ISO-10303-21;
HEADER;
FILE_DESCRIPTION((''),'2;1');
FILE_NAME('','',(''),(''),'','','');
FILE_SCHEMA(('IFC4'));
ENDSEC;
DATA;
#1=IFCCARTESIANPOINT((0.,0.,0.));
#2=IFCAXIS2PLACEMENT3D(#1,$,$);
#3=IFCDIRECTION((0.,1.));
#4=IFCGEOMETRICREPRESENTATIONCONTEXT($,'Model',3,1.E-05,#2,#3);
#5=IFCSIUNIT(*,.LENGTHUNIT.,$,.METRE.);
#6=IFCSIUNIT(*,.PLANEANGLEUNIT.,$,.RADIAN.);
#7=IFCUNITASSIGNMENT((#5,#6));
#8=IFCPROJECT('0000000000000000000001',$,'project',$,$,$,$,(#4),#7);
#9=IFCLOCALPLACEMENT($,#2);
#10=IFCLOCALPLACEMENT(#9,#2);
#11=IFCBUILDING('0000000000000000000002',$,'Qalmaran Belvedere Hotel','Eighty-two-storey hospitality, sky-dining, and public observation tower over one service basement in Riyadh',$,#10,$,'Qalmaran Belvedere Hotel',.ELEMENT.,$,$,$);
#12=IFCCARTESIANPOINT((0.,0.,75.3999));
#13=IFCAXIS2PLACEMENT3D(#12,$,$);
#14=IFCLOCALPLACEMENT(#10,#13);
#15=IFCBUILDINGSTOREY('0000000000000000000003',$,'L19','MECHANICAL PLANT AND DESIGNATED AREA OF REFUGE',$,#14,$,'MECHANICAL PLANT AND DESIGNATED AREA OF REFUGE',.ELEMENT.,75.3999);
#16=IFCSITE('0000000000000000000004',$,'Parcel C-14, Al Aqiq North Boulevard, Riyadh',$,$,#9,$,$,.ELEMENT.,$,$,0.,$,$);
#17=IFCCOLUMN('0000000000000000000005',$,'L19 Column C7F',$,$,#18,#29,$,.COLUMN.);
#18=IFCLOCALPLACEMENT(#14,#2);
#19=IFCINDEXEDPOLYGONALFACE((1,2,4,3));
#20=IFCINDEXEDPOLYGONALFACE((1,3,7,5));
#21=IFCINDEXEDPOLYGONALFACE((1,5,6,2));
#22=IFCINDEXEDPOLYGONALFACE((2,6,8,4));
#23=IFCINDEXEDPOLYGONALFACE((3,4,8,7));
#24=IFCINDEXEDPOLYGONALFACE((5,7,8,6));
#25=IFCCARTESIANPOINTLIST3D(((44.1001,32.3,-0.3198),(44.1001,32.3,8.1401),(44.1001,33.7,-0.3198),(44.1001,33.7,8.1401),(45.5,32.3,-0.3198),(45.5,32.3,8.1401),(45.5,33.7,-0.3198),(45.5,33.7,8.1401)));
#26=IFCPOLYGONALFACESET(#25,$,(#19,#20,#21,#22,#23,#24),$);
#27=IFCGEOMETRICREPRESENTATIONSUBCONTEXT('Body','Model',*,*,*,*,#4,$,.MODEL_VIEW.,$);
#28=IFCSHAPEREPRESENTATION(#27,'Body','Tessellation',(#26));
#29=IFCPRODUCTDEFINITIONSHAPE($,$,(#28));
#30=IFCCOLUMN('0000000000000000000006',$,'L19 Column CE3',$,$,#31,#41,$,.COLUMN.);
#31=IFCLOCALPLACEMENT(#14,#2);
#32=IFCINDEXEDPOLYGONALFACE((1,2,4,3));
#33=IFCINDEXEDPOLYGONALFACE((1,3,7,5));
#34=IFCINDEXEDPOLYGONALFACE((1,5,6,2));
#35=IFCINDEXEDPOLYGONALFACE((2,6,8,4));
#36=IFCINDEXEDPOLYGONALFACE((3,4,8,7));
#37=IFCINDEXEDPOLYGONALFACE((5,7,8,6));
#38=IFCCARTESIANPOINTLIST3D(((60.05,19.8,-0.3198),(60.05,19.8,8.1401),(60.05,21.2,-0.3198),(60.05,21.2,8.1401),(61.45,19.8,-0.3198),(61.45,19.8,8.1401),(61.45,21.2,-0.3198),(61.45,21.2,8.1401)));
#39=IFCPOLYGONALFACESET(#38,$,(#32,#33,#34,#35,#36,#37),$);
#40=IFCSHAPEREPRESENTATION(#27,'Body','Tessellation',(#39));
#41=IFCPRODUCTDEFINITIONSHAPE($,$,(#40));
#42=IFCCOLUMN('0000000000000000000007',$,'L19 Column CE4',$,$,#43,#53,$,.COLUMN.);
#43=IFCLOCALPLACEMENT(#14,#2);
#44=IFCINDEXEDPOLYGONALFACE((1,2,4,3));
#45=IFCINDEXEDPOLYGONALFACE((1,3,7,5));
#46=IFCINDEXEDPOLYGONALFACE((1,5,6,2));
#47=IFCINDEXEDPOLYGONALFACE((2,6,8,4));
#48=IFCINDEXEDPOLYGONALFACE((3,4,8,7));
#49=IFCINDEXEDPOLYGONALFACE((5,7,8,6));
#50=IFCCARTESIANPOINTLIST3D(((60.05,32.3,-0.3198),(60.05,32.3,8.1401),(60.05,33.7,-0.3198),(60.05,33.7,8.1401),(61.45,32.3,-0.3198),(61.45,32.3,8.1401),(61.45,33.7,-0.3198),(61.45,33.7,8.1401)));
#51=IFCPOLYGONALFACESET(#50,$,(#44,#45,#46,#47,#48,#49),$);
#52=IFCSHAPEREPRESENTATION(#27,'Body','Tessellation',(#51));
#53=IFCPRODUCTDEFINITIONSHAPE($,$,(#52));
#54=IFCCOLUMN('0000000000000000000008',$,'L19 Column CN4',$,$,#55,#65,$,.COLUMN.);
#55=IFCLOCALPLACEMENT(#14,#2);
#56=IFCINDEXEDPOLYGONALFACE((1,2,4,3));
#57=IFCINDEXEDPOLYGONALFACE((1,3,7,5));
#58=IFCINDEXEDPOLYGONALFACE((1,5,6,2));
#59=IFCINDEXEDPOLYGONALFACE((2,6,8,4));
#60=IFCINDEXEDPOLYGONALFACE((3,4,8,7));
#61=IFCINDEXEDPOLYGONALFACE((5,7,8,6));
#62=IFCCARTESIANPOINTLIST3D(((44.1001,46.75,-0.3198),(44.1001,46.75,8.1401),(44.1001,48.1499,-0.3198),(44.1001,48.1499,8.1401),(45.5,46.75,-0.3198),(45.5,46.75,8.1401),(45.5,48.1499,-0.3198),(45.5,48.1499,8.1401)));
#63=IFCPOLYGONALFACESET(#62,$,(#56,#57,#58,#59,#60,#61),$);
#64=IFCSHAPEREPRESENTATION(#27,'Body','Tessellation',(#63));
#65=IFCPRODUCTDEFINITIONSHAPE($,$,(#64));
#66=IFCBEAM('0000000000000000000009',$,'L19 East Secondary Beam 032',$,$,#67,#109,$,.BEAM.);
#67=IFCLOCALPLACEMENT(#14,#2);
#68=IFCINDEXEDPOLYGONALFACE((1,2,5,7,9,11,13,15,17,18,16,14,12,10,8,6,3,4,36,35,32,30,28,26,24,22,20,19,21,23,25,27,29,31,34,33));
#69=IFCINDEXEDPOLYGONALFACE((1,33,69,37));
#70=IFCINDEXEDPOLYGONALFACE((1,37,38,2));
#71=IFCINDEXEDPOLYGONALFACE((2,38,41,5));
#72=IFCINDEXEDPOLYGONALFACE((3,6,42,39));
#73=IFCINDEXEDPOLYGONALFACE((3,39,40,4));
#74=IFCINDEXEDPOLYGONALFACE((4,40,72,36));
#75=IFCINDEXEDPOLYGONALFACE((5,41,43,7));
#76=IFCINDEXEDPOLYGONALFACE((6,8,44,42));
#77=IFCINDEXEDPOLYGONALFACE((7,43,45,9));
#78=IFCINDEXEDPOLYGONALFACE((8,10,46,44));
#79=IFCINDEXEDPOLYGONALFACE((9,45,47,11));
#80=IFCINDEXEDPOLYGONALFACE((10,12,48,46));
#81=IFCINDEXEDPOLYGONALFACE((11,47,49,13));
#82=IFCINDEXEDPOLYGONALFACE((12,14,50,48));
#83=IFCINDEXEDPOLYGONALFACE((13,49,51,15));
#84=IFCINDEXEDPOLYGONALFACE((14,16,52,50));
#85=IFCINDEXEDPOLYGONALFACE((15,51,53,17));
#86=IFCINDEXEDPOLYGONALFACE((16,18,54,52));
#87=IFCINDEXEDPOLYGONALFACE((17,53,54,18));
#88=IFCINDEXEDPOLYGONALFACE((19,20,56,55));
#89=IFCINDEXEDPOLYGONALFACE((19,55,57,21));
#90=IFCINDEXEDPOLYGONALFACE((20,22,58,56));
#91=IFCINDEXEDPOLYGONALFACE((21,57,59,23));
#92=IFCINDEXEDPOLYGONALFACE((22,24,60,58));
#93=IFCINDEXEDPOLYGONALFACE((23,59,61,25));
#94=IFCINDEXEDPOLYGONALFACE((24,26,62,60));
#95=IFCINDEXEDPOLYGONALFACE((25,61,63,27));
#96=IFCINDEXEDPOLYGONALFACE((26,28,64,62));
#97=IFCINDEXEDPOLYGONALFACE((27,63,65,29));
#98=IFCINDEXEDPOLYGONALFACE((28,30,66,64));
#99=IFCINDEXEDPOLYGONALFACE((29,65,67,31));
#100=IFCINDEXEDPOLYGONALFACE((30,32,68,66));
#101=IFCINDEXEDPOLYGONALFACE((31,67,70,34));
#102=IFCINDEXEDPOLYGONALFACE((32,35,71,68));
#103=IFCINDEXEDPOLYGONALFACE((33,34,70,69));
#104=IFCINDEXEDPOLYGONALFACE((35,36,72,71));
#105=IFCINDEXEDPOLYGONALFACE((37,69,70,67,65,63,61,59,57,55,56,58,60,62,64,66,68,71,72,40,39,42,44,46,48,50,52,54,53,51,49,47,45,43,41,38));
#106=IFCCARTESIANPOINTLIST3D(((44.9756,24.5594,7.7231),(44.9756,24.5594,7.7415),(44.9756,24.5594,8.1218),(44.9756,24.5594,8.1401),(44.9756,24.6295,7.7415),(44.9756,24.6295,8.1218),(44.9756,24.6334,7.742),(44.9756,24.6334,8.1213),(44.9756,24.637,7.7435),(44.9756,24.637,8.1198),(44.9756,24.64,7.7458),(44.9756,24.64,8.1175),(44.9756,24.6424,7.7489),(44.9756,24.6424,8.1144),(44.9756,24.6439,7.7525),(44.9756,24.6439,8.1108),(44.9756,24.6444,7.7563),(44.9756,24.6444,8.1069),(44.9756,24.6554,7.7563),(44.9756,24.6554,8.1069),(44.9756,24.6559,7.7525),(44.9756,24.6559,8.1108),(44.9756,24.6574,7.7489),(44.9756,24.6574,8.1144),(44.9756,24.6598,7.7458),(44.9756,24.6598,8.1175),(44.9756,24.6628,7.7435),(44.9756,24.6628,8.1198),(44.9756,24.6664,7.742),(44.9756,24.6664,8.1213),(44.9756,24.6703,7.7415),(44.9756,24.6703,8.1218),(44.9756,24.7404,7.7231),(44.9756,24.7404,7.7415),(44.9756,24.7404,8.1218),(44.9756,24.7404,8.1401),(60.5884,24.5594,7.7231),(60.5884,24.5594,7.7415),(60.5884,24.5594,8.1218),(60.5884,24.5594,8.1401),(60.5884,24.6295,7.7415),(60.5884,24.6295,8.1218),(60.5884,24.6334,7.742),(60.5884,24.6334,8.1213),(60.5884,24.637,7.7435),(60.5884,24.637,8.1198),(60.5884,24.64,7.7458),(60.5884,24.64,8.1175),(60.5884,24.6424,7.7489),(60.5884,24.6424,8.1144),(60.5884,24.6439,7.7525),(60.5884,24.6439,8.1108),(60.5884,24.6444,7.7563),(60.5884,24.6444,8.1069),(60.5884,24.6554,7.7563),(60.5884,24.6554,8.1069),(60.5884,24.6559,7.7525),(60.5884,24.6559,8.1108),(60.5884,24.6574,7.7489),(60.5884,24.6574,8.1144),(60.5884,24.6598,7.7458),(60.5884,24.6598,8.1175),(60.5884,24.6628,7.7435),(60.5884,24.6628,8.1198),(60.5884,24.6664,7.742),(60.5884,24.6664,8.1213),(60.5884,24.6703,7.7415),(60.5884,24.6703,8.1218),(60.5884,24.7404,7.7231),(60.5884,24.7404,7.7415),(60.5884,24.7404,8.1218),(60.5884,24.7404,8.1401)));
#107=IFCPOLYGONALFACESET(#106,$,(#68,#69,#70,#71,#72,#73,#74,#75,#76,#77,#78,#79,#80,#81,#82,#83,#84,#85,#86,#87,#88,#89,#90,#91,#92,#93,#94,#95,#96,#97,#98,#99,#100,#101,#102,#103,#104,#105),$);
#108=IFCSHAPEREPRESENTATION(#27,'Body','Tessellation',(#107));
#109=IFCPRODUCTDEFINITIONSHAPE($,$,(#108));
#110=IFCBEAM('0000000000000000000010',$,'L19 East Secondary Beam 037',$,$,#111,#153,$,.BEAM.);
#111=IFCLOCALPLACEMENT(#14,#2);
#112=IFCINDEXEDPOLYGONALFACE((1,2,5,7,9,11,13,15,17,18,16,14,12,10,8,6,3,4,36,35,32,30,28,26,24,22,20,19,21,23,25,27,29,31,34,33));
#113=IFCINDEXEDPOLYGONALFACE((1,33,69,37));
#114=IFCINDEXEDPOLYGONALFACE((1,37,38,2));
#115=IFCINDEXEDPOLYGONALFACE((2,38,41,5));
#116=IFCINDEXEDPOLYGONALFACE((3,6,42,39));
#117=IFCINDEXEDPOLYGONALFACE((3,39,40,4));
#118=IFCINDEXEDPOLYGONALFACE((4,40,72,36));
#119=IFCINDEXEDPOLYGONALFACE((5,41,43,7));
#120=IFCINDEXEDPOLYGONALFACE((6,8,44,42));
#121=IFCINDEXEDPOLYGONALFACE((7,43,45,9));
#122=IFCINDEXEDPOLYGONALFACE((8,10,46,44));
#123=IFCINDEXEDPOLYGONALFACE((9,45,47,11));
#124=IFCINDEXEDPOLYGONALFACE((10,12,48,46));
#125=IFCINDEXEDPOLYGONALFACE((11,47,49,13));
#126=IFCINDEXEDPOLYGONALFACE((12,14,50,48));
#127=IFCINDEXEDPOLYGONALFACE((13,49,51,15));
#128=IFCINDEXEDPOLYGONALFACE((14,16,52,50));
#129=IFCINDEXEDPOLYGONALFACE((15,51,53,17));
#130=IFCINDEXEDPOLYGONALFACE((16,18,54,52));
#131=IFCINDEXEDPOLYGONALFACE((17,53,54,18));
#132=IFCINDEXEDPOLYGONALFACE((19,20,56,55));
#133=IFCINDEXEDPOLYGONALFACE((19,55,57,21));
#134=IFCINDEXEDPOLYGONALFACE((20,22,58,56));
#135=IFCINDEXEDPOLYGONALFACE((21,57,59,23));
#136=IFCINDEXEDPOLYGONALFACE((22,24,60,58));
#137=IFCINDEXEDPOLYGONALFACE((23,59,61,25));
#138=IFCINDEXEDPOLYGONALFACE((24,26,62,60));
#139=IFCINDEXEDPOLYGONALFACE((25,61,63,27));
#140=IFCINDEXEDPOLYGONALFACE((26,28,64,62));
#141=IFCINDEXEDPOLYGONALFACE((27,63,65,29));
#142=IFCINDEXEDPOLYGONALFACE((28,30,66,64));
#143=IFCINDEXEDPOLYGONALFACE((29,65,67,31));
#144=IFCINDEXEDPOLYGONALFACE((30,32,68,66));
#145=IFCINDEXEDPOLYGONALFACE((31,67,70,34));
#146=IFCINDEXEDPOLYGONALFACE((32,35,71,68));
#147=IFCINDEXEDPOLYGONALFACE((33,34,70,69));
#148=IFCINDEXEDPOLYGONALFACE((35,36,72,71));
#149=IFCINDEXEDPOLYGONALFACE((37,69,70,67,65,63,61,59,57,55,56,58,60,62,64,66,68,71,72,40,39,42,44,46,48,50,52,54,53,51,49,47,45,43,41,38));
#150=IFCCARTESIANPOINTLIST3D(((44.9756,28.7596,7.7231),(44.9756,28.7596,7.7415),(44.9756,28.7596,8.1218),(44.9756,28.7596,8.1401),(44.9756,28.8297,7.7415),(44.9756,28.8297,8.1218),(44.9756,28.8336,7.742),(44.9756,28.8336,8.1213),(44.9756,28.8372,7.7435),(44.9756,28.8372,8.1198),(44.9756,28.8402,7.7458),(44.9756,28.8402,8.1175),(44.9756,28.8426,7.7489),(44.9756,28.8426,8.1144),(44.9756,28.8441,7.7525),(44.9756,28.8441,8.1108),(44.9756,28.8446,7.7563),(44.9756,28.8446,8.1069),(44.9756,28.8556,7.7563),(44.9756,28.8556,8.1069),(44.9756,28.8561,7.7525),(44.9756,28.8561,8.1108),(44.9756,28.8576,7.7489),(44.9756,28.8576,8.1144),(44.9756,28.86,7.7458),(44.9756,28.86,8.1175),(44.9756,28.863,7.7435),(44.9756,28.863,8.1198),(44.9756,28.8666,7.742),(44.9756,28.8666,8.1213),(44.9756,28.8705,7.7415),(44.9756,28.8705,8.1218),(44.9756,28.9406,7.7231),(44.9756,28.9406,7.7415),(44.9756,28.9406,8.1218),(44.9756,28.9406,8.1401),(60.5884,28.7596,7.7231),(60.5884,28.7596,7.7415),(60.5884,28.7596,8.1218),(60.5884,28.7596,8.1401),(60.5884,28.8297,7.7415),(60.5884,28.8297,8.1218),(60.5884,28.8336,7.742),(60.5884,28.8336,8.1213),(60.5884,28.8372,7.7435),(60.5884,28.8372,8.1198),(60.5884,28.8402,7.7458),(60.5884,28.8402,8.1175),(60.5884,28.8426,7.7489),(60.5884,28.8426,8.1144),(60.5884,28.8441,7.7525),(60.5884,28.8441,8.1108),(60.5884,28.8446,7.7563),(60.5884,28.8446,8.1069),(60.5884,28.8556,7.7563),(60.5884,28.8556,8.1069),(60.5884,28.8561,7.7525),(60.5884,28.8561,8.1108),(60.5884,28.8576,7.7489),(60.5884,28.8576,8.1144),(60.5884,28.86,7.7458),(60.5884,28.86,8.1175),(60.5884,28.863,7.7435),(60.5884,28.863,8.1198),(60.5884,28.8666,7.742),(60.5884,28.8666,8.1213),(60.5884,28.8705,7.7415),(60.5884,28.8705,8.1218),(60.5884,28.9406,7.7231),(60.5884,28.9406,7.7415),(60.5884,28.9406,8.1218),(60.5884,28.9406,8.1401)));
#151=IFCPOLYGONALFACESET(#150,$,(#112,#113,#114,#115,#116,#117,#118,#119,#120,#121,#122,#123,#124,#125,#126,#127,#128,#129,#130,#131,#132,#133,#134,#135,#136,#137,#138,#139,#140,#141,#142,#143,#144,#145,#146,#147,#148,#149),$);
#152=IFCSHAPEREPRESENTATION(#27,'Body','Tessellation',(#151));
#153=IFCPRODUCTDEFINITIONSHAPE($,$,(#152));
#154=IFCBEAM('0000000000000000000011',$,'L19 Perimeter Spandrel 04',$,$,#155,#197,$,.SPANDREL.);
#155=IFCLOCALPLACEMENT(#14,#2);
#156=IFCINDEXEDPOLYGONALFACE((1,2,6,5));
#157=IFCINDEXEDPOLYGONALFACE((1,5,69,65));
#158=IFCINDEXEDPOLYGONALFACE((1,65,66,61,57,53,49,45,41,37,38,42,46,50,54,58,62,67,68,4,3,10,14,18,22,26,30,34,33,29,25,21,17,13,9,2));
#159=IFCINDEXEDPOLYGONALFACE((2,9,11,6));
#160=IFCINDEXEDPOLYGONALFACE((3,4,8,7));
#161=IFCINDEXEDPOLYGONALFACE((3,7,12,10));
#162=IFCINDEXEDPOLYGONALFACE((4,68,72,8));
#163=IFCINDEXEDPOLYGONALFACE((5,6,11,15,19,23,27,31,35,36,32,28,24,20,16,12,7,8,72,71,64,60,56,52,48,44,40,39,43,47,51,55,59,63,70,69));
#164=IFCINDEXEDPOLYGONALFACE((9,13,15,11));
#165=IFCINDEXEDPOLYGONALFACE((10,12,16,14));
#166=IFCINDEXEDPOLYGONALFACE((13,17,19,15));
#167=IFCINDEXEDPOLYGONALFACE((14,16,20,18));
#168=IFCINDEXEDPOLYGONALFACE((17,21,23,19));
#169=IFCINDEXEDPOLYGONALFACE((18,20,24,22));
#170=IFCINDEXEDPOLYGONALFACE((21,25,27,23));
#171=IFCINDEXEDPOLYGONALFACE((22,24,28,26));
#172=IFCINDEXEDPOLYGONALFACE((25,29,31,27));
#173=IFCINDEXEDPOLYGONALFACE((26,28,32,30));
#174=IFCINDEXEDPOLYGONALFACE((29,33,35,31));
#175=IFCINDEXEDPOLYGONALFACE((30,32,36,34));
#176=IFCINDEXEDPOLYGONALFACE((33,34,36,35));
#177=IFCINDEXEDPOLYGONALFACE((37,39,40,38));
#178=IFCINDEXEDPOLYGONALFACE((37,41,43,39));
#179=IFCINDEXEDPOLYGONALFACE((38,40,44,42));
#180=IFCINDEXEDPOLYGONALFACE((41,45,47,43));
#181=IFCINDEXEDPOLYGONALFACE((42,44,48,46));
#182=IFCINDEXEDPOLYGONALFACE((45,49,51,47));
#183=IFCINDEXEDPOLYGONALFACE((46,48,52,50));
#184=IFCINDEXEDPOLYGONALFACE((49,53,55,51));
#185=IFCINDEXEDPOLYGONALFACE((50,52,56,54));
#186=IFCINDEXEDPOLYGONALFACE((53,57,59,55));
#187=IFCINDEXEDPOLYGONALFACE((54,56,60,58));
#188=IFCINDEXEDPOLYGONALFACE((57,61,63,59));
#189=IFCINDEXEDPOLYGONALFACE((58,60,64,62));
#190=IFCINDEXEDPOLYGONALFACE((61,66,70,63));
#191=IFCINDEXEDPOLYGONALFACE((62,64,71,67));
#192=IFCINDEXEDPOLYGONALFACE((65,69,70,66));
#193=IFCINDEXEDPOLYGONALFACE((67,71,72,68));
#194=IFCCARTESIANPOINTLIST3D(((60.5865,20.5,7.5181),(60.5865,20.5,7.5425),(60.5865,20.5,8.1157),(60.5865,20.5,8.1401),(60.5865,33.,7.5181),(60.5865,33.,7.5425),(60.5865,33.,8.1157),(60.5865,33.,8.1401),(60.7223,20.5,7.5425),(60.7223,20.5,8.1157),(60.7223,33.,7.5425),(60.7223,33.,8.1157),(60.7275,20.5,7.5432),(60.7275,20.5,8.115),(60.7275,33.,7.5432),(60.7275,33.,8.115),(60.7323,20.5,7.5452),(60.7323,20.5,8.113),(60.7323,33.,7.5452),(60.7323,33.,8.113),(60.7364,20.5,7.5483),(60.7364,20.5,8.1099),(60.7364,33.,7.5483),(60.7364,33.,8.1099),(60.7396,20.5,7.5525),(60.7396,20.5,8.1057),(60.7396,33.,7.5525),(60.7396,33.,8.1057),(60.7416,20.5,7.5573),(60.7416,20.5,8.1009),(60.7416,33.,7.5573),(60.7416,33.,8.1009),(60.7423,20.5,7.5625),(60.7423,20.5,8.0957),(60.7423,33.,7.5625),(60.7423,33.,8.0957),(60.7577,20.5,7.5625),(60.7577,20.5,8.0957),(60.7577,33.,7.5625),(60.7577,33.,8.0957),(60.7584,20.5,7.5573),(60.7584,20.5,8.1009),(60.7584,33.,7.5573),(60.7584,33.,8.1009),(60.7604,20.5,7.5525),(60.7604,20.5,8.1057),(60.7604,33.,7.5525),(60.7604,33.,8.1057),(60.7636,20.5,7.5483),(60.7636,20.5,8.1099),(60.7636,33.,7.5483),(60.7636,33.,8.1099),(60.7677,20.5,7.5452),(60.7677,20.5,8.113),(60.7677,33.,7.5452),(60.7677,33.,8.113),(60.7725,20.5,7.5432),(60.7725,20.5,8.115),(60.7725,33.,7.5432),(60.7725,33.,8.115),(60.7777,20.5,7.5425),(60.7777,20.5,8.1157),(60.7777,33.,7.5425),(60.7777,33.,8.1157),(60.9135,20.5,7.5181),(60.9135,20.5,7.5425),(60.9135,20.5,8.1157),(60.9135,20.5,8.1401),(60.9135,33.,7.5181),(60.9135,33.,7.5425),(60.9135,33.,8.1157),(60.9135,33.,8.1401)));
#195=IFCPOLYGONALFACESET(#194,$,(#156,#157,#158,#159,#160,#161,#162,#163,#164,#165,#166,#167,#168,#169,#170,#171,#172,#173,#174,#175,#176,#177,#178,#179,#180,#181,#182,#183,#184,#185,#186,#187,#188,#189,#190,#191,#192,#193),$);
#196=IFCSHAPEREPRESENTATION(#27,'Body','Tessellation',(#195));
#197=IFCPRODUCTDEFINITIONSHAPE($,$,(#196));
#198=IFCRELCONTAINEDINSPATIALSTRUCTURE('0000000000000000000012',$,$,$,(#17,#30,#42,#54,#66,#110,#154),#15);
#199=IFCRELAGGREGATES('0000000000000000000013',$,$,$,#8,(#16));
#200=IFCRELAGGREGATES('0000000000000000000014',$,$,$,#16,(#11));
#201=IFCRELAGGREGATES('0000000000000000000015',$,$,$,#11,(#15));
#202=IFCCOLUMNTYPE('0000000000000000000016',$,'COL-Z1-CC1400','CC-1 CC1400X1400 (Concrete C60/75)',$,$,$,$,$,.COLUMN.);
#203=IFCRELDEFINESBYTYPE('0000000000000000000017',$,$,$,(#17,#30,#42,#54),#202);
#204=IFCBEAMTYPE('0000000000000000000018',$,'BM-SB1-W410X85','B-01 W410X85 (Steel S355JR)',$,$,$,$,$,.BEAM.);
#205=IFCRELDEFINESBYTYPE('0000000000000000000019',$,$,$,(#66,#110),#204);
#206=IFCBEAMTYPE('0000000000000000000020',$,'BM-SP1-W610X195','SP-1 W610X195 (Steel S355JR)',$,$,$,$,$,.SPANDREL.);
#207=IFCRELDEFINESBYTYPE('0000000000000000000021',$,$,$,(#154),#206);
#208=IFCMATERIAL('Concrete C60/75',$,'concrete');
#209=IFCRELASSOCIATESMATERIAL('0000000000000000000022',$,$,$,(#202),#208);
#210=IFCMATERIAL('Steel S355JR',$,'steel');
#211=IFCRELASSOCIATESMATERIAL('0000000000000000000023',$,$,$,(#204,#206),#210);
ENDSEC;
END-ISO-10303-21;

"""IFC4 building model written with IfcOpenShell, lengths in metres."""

from ifc_helpers import new_model, si_unit, direction, frame, origin, origin_2d, place, context, subcontext, project, spatial, rectangle, i_section, extrude, material, material_profile, profile_set, type_object, element, save


model = new_model("IFC4")

# Units and contexts
model_context = context("Model", 3, precision=1e-05, world=origin(), true_north=direction((0.0, 1.0)))
body_context = subcontext(model_context, "Body", "Model", "MODEL_VIEW")
ifc_project = project(units=[si_unit("LENGTHUNIT", "METRE"), si_unit("PLANEANGLEUNIT", "RADIAN")], contexts=[model_context])

# Site, building, storey
site_placement = place(None, origin())
site = spatial("IfcSite", under=ifc_project, at=site_placement, Name="Parcel C-14, Al Aqiq North Boulevard, Riyadh", CompositionType="ELEMENT", RefElevation=0.0)
building_placement = place(site_placement, origin())
building = spatial("IfcBuilding", under=site, at=building_placement, Name="Qalmaran Belvedere Hotel", Description="Eighty-two-storey hospitality, sky-dining, and public observation tower over one service basement in Riyadh", LongName="Qalmaran Belvedere Hotel", CompositionType="ELEMENT")
storey_placement = place(building_placement, frame((0.0, 0.0, 75.3999)))
storey = spatial("IfcBuildingStorey", under=building, at=storey_placement, Name="L19", Description="MECHANICAL PLANT AND DESIGNATED AREA OF REFUGE", LongName="MECHANICAL PLANT AND DESIGNATED AREA OF REFUGE", CompositionType="ELEMENT", Elevation=75.3999)

# Columns
ifc_material_1 = material(Name="Concrete C60/75", Category="concrete")
ifc_material_profile_1 = material_profile(ifc_material_1, rectangle(XDim=1.3999, YDim=1.3999, at=origin_2d()), Name="CC1400X1400")
ifc_profile_set_1 = profile_set([ifc_material_profile_1], Name="Concrete C60/75")
column_type = type_object("IfcColumnType", Name="COL-Z1-CC1400", Description="CC-1 CC1400X1400 (Concrete C60/75)", PredefinedType="COLUMN", material=ifc_profile_set_1)
for number, where, z_axis, x_axis, name in (
    (1, (44.8, 33.0, -0.3198), (0.0, 0.0, 1.0), (1.0, 0.0, 0.0), "L19 Column C7F"),
    (2, (60.75, 20.5, -0.3198), (0.0, 0.0, 1.0), (1.0, 0.0, 0.0), "L19 Column CE3"),
    (3, (60.75, 33.0, -0.3198), (0.0, 0.0, 1.0), (1.0, 0.0, 0.0), "L19 Column CE4"),
    (4, (44.8, 47.45, -0.3198), (0.0, 0.0, 1.0), (1.0, 0.0, 0.0), "L19 Column CN4"),
):
    element("IfcColumn", number, at=place(storey_placement, frame(where, z_axis=z_axis, x_axis=x_axis)), inside=storey, type_object=column_type, Name=name, PredefinedType="COLUMN", context=body_context, shape_type="SweptSolid", body=[
        extrude(rectangle(XDim=1.3999, YDim=1.3999, at=origin_2d()), origin(), (0.0, 0.0, 1.0), 8.46),
    ])

# Beams
ifc_material_2 = material(Name="Steel S355JR", Category="steel")
ifc_material_profile_2 = material_profile(ifc_material_2, i_section(OverallWidth=0.1809, OverallDepth=0.417, WebThickness=0.011, FlangeThickness=0.0183, FilletRadius=0.0149, at=origin_2d()), Name="W410X85")
ifc_profile_set_2 = profile_set([ifc_material_profile_2], Name="Steel S355JR")
beam_type_1 = type_object("IfcBeamType", Name="BM-SB1-W410X85", Description="B-01 W410X85 (Steel S355JR)", PredefinedType="BEAM", material=ifc_profile_set_2)
for number, where, z_axis, x_axis, name in (
    (5, (44.9756, 24.6499, 7.9316), (1.0, 0.0, 0.0), (0.0, 1.0, 0.0), "L19 East Secondary Beam 032"),
    (6, (44.9756, 28.8501, 7.9316), (1.0, 0.0, 0.0), (0.0, 1.0, 0.0), "L19 East Secondary Beam 037"),
):
    element("IfcBeam", number, at=place(storey_placement, frame(where, z_axis=z_axis, x_axis=x_axis)), inside=storey, type_object=beam_type_1, Name=name, PredefinedType="BEAM", context=body_context, shape_type="SweptSolid", body=[
        extrude(i_section(OverallWidth=0.1809, OverallDepth=0.417, WebThickness=0.011, FlangeThickness=0.0183, FilletRadius=0.0149, at=origin_2d()), origin(), (0.0, 0.0, 1.0), 15.6128),
    ])
ifc_material_profile_3 = material_profile(ifc_material_2, i_section(OverallWidth=0.3269, OverallDepth=0.6221, WebThickness=0.0154, FlangeThickness=0.0244, FilletRadius=0.02, at=origin_2d()), Name="W610X195")
ifc_profile_set_3 = profile_set([ifc_material_profile_3], Name="Steel S355JR")
beam_type_2 = type_object("IfcBeamType", Name="BM-SP1-W610X195", Description="SP-1 W610X195 (Steel S355JR)", PredefinedType="SPANDREL", material=ifc_profile_set_3)
beam_1_placement = place(storey_placement, frame((60.75, 20.5, 7.8291), z_axis=(0.0, 1.0, 0.0), x_axis=(-1.0, 0.0, 0.0)))
element("IfcBeam", 7, at=beam_1_placement, inside=storey, type_object=beam_type_2, Name="L19 Perimeter Spandrel 04", PredefinedType="SPANDREL", context=body_context, shape_type="SweptSolid", body=[
    extrude(i_section(OverallWidth=0.3269, OverallDepth=0.6221, WebThickness=0.0154, FlangeThickness=0.0244, FilletRadius=0.02, at=origin_2d()), origin(), (0.0, 0.0, 1.0), 12.5),
])

save(model, "model.ifc")
